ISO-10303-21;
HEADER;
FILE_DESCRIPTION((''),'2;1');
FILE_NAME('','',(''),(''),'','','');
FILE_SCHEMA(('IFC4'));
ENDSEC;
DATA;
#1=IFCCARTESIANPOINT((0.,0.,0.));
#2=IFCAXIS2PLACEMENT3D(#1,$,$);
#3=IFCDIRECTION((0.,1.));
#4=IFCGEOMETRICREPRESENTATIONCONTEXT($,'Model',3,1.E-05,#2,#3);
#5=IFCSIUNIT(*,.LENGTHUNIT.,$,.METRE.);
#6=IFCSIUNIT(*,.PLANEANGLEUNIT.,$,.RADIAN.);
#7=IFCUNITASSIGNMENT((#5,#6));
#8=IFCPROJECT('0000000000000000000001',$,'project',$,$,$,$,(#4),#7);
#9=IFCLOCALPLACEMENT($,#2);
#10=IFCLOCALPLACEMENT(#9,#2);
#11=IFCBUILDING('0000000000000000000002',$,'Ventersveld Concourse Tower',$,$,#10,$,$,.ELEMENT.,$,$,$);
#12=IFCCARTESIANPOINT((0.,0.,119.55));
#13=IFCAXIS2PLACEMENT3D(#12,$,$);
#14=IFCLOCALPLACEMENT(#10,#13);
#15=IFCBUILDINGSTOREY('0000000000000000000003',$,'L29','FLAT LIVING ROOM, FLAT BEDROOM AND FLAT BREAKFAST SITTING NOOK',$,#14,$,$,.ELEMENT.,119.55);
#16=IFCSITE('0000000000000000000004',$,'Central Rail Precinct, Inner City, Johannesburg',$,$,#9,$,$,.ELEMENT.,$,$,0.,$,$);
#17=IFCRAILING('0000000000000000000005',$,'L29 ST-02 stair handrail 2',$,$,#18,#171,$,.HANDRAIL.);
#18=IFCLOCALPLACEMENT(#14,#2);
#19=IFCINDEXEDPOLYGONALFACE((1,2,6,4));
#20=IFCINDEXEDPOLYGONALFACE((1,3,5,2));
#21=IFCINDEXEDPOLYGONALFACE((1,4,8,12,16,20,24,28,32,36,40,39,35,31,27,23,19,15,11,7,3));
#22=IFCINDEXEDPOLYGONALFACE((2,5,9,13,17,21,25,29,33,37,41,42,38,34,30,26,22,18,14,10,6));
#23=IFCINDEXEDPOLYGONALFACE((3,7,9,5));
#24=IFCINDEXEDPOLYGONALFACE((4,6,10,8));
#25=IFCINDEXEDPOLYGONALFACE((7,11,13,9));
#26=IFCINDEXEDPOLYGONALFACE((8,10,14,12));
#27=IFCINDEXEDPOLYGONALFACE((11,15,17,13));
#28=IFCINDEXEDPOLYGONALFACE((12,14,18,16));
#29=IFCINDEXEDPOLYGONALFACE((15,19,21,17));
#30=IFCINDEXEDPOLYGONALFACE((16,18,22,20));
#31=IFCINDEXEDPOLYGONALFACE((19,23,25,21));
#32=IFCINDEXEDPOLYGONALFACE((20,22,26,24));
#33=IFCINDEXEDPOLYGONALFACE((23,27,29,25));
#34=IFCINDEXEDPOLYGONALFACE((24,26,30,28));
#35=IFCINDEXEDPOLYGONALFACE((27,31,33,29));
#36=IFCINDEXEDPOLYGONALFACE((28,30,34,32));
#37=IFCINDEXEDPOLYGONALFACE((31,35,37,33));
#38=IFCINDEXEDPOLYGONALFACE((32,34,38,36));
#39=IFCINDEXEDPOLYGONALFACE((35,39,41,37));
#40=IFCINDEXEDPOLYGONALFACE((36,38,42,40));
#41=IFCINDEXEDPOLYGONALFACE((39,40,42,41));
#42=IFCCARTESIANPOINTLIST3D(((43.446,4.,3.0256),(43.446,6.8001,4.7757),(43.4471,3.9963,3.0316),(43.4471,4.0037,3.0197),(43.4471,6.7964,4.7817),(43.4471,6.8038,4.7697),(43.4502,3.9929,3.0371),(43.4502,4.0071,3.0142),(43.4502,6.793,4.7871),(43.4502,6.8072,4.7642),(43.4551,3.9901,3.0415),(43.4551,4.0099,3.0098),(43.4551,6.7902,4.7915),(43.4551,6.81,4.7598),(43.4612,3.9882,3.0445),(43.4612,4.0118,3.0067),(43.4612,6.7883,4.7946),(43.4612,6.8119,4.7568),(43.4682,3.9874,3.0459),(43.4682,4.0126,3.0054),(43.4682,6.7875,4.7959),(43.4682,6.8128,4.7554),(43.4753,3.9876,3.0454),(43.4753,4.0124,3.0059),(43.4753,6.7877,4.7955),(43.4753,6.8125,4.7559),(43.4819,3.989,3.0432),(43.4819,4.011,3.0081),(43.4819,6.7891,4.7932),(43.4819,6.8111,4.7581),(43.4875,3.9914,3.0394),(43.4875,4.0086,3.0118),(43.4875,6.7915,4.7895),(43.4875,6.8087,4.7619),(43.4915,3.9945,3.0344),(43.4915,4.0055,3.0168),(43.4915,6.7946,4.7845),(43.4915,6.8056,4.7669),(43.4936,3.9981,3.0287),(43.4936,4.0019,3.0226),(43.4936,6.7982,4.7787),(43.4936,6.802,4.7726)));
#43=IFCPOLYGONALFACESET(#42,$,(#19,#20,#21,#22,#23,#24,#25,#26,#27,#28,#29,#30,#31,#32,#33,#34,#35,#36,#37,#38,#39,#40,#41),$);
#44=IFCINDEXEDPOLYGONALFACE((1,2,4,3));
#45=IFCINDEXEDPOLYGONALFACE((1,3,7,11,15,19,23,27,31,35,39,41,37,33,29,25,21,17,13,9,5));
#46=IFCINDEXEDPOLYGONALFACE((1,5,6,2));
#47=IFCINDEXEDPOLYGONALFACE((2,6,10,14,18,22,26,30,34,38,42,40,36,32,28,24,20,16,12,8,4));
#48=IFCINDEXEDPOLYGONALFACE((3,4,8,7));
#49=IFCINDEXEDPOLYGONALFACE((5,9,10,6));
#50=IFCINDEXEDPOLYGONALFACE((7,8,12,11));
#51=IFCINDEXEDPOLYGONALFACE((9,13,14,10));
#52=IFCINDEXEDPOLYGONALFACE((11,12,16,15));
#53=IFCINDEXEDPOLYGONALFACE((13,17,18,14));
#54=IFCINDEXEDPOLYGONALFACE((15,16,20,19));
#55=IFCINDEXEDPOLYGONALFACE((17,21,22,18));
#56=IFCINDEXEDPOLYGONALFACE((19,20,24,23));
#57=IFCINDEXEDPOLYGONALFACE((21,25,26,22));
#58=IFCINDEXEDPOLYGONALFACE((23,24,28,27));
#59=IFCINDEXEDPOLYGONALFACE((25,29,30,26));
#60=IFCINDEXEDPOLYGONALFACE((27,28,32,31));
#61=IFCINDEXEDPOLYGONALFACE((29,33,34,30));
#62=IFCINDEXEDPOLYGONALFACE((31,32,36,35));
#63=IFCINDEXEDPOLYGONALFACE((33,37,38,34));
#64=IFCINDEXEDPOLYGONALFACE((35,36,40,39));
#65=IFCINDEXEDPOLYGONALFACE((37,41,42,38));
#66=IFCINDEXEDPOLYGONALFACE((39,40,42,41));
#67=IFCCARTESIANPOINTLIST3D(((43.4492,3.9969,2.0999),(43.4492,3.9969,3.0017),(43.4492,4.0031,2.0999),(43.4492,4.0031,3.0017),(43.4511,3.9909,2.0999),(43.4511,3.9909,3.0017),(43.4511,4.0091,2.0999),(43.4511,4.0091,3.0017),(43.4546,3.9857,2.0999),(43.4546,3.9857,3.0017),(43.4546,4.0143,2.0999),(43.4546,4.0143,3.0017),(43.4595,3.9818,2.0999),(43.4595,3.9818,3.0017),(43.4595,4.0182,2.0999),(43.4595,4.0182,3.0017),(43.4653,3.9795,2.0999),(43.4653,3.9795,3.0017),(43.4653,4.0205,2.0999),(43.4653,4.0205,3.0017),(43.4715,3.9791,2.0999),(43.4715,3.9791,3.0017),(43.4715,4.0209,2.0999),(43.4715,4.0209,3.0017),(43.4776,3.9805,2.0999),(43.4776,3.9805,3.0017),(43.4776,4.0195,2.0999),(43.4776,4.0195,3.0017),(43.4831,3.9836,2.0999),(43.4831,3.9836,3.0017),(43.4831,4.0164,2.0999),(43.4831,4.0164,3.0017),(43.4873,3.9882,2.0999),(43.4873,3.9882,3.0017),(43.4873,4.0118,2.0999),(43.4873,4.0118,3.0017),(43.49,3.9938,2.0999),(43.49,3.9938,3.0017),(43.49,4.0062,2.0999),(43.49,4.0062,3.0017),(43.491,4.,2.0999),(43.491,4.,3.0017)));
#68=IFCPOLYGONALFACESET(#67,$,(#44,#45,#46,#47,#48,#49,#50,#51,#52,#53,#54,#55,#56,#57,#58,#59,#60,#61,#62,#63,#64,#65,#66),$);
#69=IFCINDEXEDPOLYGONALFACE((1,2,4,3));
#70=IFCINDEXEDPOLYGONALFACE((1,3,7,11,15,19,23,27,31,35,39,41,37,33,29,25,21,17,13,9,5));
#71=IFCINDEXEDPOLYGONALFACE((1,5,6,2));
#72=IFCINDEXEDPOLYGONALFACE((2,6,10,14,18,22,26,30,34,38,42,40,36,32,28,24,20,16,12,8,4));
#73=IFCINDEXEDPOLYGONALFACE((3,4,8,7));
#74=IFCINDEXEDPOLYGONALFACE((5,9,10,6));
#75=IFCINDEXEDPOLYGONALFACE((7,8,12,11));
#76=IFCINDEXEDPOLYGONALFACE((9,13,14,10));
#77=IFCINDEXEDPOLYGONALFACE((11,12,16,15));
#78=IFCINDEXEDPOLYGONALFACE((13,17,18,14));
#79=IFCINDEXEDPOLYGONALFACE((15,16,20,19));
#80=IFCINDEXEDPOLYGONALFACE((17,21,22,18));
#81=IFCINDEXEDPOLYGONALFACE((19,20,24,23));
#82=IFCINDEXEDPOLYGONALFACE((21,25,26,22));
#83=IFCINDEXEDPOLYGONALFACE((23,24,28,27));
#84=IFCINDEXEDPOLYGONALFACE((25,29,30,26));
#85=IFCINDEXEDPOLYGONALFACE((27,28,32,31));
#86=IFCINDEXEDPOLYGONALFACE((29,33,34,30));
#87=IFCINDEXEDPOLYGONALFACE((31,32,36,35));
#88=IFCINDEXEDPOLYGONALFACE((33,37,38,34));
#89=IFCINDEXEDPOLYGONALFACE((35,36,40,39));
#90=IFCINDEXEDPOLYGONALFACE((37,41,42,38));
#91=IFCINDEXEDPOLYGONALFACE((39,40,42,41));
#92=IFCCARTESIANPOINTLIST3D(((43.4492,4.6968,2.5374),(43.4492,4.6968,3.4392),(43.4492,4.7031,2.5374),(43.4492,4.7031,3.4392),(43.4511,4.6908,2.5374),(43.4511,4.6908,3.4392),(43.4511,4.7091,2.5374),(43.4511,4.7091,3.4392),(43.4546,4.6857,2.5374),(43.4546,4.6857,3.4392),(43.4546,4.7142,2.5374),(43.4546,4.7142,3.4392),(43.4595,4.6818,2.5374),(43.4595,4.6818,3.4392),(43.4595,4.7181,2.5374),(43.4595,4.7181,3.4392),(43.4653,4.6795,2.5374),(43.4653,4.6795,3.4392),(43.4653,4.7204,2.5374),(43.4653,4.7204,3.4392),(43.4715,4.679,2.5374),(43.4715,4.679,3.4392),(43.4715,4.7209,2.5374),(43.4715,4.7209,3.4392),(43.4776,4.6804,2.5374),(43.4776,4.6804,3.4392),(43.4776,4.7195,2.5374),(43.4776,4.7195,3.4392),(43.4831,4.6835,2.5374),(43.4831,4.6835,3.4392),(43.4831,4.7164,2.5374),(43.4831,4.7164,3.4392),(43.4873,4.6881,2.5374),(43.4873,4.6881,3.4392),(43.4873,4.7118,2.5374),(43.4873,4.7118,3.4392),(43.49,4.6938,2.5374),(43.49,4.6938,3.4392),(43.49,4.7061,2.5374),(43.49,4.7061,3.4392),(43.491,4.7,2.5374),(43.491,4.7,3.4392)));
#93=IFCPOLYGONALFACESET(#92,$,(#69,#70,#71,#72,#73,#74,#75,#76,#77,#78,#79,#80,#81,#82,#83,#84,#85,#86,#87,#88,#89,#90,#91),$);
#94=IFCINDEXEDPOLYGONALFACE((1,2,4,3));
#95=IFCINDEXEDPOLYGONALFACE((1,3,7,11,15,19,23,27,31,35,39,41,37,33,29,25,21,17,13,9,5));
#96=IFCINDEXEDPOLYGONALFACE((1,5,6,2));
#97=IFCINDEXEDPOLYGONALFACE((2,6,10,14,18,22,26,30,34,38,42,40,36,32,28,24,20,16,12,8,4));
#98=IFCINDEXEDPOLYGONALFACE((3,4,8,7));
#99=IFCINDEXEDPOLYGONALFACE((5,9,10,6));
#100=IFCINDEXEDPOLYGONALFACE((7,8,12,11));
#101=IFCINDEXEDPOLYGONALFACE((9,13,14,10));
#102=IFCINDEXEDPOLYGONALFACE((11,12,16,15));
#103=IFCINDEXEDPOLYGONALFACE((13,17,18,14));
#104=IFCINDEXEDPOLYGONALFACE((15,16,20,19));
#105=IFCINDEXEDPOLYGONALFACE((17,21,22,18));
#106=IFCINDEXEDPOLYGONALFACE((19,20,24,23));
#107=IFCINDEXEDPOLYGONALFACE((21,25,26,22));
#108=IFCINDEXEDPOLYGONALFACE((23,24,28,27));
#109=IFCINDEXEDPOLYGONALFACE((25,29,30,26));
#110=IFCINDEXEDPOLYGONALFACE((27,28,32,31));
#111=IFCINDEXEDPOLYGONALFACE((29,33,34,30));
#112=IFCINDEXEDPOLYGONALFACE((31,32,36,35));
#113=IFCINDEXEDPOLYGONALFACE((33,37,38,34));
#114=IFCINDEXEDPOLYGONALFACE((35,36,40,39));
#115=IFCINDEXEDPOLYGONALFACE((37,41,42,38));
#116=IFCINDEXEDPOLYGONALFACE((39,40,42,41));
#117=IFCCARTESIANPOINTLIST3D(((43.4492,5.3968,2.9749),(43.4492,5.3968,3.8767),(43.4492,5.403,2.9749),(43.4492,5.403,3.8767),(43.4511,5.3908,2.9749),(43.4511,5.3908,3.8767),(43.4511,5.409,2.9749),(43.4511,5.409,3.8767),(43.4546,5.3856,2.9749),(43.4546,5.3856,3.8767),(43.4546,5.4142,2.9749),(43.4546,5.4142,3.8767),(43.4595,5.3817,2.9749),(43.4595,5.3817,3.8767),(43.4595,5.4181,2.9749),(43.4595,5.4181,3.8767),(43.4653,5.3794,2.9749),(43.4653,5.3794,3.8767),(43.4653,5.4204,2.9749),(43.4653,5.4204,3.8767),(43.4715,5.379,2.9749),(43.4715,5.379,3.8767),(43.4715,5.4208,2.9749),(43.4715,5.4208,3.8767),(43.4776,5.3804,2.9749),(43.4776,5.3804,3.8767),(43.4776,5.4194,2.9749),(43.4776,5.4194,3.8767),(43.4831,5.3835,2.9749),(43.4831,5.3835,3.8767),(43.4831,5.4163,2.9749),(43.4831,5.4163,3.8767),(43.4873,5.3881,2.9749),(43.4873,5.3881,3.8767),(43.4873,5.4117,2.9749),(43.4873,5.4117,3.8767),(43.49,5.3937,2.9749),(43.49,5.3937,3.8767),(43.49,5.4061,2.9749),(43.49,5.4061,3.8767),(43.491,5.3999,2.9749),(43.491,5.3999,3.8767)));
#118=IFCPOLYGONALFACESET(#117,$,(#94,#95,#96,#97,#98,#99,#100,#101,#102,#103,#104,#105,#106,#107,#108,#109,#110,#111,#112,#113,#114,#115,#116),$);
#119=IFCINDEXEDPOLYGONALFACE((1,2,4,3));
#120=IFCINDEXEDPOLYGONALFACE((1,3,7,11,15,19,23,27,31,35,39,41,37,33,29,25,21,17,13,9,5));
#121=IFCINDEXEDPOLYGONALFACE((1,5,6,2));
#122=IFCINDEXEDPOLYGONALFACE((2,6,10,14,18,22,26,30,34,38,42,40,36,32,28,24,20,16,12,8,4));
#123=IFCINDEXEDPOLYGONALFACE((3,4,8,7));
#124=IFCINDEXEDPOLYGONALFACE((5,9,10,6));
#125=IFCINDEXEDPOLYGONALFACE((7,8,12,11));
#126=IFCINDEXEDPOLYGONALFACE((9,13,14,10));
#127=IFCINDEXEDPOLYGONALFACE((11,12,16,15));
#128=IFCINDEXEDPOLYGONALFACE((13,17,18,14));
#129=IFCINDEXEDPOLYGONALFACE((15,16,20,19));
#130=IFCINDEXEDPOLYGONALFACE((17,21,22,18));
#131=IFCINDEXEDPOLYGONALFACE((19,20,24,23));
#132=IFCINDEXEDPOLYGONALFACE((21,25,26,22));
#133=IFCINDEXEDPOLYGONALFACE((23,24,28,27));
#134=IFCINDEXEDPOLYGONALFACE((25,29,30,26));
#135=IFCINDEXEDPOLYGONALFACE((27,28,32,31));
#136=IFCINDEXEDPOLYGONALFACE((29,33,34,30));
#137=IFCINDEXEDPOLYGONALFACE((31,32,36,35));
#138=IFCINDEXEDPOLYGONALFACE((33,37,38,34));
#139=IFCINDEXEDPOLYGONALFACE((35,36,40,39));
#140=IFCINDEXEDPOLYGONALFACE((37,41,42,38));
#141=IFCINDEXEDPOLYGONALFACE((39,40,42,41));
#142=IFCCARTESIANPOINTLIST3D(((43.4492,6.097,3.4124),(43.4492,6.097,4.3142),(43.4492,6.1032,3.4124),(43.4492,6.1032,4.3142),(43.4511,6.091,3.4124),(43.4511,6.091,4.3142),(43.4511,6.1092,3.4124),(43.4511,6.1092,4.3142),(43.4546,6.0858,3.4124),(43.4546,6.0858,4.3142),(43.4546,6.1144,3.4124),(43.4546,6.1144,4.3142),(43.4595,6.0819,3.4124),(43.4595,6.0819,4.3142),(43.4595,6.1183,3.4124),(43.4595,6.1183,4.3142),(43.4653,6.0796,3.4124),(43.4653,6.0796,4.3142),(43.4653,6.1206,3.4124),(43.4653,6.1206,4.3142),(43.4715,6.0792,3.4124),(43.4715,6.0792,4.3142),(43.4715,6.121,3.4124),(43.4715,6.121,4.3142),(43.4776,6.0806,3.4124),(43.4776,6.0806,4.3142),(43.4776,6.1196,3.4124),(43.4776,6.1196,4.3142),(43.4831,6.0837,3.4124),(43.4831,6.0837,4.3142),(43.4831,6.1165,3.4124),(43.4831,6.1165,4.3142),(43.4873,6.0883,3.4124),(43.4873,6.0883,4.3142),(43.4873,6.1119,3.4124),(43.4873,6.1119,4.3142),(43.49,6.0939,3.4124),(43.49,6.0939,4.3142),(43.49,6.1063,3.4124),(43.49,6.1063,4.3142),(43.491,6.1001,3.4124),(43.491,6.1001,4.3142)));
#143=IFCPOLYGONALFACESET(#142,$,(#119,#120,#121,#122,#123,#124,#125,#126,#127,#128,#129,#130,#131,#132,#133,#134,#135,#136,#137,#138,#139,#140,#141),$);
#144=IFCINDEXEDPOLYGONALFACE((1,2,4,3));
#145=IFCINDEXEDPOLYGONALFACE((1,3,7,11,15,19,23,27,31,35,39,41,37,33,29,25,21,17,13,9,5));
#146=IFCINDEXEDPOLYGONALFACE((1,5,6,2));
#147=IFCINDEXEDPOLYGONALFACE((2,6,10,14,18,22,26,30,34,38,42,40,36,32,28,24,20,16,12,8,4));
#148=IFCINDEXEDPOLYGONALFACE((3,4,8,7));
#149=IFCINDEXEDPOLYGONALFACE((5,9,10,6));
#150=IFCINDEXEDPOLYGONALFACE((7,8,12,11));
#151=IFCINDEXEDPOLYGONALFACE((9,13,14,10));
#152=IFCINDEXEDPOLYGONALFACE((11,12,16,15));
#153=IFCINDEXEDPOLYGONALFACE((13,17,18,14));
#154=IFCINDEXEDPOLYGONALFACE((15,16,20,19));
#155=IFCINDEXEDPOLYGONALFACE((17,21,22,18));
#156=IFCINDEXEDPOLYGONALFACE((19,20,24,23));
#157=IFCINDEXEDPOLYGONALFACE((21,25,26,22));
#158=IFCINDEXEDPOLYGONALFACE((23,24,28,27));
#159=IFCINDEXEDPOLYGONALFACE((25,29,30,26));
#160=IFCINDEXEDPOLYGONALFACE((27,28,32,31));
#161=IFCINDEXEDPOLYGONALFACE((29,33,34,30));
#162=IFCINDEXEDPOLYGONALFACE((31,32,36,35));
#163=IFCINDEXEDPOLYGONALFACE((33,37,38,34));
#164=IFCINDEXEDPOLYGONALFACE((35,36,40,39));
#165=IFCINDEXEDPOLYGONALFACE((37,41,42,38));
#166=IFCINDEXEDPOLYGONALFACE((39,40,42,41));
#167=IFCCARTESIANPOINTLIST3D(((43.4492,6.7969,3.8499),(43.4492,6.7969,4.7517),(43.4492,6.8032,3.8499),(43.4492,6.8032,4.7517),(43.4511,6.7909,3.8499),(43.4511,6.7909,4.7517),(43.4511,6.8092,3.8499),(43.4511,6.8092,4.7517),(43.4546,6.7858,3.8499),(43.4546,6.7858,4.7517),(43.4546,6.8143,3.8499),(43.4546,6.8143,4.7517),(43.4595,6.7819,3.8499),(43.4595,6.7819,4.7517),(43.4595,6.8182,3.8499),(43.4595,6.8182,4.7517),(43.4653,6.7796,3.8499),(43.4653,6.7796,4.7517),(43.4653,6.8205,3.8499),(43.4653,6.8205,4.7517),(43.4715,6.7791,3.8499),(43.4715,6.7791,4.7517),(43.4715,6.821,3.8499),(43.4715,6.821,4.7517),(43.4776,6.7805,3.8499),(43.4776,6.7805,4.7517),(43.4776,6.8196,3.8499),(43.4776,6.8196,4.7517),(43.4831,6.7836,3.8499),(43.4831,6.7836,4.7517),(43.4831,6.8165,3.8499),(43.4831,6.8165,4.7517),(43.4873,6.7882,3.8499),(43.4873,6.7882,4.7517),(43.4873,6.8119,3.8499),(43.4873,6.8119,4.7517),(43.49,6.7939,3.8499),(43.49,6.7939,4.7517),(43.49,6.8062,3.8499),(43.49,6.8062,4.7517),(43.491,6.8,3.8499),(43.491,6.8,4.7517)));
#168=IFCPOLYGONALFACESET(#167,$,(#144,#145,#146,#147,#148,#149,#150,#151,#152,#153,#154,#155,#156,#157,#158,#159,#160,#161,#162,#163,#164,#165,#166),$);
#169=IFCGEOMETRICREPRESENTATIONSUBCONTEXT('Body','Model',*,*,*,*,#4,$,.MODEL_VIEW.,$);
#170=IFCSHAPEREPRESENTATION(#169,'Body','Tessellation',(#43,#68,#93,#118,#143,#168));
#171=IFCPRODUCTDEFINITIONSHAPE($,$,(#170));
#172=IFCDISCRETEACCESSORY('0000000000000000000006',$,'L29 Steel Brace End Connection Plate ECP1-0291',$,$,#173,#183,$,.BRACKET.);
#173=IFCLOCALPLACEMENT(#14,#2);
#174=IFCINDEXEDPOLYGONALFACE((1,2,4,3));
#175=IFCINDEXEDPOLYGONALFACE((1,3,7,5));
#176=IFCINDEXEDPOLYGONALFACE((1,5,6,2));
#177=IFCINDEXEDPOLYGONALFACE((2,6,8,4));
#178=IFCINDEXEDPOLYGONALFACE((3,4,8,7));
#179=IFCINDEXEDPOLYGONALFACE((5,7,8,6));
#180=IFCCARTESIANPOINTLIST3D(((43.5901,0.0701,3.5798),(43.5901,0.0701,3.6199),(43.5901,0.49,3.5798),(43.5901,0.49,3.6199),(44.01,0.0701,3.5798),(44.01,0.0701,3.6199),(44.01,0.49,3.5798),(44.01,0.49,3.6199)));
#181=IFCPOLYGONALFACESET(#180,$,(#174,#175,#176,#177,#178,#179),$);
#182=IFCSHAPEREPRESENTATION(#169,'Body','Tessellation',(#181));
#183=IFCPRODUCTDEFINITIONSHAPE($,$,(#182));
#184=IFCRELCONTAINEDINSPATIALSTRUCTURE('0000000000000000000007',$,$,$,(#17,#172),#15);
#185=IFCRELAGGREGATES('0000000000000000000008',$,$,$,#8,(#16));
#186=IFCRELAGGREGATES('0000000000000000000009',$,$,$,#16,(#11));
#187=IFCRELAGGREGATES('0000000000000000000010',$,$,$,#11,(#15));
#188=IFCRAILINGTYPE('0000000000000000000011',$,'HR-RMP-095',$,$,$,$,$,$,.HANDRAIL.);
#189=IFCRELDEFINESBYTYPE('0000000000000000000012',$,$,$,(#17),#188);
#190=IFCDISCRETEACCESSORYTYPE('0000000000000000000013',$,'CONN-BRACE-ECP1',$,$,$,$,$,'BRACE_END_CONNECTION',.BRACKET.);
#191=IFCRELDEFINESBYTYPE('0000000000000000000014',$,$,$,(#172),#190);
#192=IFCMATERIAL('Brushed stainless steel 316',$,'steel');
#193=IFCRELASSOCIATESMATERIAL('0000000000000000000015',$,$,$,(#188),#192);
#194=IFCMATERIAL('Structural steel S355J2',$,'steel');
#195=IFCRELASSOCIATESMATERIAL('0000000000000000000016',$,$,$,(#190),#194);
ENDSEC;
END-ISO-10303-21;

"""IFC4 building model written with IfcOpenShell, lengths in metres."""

from ifc_helpers import new_model, si_unit, direction, frame, origin, origin_2d, place, context, subcontext, project, spatial, rectangle, circle, extrude, material, type_object, element, save


model = new_model("IFC4")

# Units and contexts
model_context = context("Model", 3, precision=1e-05, world=origin(), true_north=direction((0.0, 1.0)))
body_context = subcontext(model_context, "Body", "Model", "MODEL_VIEW")
ifc_project = project(units=[si_unit("LENGTHUNIT", "METRE"), si_unit("PLANEANGLEUNIT", "RADIAN")], contexts=[model_context])

# Site, building, storey
site_placement = place(None, origin())
site = spatial("IfcSite", under=ifc_project, at=site_placement, Name="Central Rail Precinct, Inner City, Johannesburg", CompositionType="ELEMENT", RefElevation=0.0)
building_placement = place(site_placement, origin())
building = spatial("IfcBuilding", under=site, at=building_placement, Name="Ventersveld Concourse Tower", CompositionType="ELEMENT")
storey_placement = place(building_placement, frame((0.0, 0.0, 119.55)))
storey = spatial("IfcBuildingStorey", under=building, at=storey_placement, Name="L29", Description="FLAT LIVING ROOM, FLAT BEDROOM AND FLAT BREAKFAST SITTING NOOK", CompositionType="ELEMENT", Elevation=119.55)

# Shared definitions
ifc_material_1 = material(Name="Structural steel S355J2", Category="steel")

# Railing
ifc_material_2 = material(Name="Brushed stainless steel 316", Category="steel")
railing_type_1 = type_object("IfcRailingType", Name="HR-RMP-095", PredefinedType="HANDRAIL", material=ifc_material_2)
railing_1_placement = place(storey_placement, frame((43.47, 4.0, 2.0999)))
element("IfcRailing", 1, at=railing_1_placement, inside=storey, type_object=railing_type_1, Name="L29 ST-02 stair handrail 2", PredefinedType="HANDRAIL", context=body_context, shape_type="SweptSolid", body=[
    extrude(circle(Radius=0.0239, at=origin_2d()), frame((0.0, 0.0, 0.9258), z_axis=(0.0, 0.848002, 0.529992), x_axis=(-1.0, 0.0, 0.0)), (0.0, 0.0, 1.0), 3.302),
    extrude(circle(Radius=0.021, at=origin_2d()), origin(), (0.0, 0.0, 1.0), 0.9019),
    extrude(circle(Radius=0.021, at=origin_2d()), frame((0.0, 0.7, 0.4375)), (0.0, 0.0, 1.0), 0.9019),
    extrude(circle(Radius=0.021, at=origin_2d()), frame((0.0, 1.3999, 0.875)), (0.0, 0.0, 1.0), 0.9019),
    extrude(circle(Radius=0.021, at=origin_2d()), frame((0.0, 2.1001, 1.3125)), (0.0, 0.0, 1.0), 0.9019),
    extrude(circle(Radius=0.021, at=origin_2d()), frame((0.0, 2.8, 1.75)), (0.0, 0.0, 1.0), 0.9019),
])

# Discrete accessory
discrete_accessory_type = type_object("IfcDiscreteAccessoryType", Name="CONN-BRACE-ECP1", ElementType="BRACE_END_CONNECTION", PredefinedType="BRACKET", material=ifc_material_1)
discrete_accessory_placement = place(storey_placement, frame((43.8, 0.28, 3.5798), z_axis=(0.0, 0.0, 1.0), x_axis=(1.0, 0.0, 0.0)))
element("IfcDiscreteAccessory", 2, at=discrete_accessory_placement, inside=storey, type_object=discrete_accessory_type, Name="L29 Steel Brace End Connection Plate ECP1-0291", PredefinedType="BRACKET", context=body_context, shape_type="SweptSolid", body=[
    extrude(rectangle(XDim=0.4199, YDim=0.4199, at=origin_2d()), origin(), (0.0, 0.0, 1.0), 0.04),
])

save(model, "model.ifc")
